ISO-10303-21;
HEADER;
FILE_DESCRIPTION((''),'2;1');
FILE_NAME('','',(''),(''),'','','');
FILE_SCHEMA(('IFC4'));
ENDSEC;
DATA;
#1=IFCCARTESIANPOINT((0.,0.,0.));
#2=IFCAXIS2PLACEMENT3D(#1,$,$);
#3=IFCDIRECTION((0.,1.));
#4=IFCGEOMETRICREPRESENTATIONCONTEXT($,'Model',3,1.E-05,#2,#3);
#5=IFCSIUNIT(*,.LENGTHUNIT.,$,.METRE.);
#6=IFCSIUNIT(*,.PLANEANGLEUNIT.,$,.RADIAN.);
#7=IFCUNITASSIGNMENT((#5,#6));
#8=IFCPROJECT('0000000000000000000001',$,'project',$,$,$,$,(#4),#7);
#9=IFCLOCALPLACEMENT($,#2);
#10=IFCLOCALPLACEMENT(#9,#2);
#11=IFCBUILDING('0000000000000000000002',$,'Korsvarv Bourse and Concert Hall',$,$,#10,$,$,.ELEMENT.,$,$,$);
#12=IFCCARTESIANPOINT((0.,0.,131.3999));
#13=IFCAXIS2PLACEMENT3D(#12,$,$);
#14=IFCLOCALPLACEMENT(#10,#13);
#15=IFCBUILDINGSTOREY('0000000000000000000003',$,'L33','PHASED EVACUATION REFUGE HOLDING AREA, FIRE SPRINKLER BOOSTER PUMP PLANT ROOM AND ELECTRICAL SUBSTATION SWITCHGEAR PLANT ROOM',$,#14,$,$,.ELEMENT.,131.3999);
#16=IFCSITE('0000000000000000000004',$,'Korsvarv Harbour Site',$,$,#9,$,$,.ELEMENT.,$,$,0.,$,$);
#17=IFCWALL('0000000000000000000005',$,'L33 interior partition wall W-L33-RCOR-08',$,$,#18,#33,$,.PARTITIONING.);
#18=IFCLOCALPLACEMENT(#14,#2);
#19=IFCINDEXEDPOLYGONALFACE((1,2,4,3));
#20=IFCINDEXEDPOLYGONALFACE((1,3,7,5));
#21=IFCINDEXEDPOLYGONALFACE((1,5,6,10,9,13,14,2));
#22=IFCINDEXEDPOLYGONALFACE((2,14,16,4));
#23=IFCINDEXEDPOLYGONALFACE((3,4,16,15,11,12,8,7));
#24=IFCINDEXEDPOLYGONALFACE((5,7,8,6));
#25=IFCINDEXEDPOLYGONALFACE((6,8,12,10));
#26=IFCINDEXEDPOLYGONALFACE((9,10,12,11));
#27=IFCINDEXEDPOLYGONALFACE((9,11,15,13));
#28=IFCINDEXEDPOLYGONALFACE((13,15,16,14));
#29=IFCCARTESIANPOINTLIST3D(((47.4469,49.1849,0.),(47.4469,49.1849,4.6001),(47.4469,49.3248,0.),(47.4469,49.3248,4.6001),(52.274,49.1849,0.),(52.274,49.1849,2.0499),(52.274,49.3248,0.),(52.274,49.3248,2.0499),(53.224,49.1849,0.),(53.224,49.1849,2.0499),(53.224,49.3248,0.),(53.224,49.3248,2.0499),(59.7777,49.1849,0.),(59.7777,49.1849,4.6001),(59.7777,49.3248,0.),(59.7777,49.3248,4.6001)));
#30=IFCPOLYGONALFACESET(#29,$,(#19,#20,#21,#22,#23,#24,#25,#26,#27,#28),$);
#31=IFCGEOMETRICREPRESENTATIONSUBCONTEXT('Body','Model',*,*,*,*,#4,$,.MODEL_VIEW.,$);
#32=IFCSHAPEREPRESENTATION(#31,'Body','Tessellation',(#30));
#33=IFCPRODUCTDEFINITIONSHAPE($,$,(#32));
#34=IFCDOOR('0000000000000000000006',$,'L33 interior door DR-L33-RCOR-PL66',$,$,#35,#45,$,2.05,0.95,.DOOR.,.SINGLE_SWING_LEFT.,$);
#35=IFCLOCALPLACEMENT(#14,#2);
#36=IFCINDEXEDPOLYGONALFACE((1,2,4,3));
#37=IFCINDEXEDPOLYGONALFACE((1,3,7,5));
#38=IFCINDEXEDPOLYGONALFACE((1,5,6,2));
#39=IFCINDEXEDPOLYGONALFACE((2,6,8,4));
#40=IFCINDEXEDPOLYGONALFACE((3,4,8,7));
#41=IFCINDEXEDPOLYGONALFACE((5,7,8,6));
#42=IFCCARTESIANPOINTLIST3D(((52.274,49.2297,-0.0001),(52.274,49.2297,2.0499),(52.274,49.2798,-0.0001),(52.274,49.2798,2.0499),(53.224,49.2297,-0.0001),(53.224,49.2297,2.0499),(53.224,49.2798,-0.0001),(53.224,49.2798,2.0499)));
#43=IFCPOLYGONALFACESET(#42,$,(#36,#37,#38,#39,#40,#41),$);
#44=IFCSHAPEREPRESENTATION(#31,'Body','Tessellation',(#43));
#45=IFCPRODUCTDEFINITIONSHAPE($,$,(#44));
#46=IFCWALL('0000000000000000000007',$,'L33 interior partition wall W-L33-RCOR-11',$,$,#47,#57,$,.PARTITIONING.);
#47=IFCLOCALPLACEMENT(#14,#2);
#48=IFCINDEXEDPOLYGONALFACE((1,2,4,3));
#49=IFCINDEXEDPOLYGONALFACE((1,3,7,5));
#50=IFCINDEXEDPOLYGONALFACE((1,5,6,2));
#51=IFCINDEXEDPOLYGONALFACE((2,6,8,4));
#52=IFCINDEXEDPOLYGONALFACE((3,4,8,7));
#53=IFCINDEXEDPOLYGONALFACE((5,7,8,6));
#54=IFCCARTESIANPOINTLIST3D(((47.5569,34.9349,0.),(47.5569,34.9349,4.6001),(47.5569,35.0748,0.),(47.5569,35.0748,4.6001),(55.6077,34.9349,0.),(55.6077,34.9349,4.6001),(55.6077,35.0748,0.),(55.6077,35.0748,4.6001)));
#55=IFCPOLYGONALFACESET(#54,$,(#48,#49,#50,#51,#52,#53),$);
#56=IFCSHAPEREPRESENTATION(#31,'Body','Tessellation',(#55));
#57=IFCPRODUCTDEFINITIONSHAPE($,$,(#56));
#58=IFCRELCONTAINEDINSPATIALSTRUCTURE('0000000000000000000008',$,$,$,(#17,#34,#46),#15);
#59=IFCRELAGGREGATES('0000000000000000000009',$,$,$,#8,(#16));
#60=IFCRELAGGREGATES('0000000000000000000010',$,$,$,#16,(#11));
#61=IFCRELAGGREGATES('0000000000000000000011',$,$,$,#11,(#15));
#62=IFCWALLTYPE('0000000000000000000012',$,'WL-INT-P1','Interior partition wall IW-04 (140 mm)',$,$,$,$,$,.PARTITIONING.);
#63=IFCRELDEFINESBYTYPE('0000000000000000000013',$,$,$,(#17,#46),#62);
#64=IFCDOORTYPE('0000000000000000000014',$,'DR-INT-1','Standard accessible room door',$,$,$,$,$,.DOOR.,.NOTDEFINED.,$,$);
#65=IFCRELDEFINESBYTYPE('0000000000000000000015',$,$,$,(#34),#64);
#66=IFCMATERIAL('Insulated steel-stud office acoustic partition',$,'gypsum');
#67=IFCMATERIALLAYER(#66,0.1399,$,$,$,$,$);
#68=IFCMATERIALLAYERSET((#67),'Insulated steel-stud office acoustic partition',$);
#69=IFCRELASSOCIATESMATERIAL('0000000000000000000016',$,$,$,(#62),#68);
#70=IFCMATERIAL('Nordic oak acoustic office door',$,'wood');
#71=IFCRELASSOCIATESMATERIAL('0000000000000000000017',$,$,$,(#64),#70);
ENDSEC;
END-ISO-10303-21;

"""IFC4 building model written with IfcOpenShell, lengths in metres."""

from ifc_helpers import new_model, si_unit, direction, frame, frame_2d, origin, place, context, subcontext, project, spatial, rectangle, extrude, material, layer, layer_set, type_object, element, fill, save


model = new_model("IFC4")

# Units and contexts
model_context = context("Model", 3, precision=1e-05, world=origin(), true_north=direction((0.0, 1.0)))
body_context = subcontext(model_context, "Body", "Model", "MODEL_VIEW")
ifc_project = project(units=[si_unit("LENGTHUNIT", "METRE"), si_unit("PLANEANGLEUNIT", "RADIAN")], contexts=[model_context])

# Site, building, storey
site_placement = place(None, origin())
site = spatial("IfcSite", under=ifc_project, at=site_placement, Name="Korsvarv Harbour Site", CompositionType="ELEMENT", RefElevation=0.0)
building_placement = place(site_placement, origin())
building = spatial("IfcBuilding", under=site, at=building_placement, Name="Korsvarv Bourse and Concert Hall", CompositionType="ELEMENT")
storey_placement = place(building_placement, frame((0.0, 0.0, 131.3999)))
storey = spatial("IfcBuildingStorey", under=building, at=storey_placement, Name="L33", Description="PHASED EVACUATION REFUGE HOLDING AREA, FIRE SPRINKLER BOOSTER PUMP PLANT ROOM AND ELECTRICAL SUBSTATION SWITCHGEAR PLANT ROOM", CompositionType="ELEMENT", Elevation=131.3999)

# Wall, opening, door
ifc_material_1 = material(Name="Insulated steel-stud office acoustic partition", Category="gypsum")
ifc_layer_1 = layer(ifc_material_1, 0.1399)
ifc_layer_set_1 = layer_set([ifc_layer_1], Name="Insulated steel-stud office acoustic partition")
wall_type = type_object("IfcWallType", Name="WL-INT-P1", Description="Interior partition wall IW-04 (140 mm)", PredefinedType="PARTITIONING", material=ifc_layer_set_1)
wall_1_placement = place(storey_placement, frame((47.4468, 49.2549, 0.0), z_axis=(0.0, 0.0, 1.0), x_axis=(1.0, 0.0, 0.0)))
wall_1 = element("IfcWall", 1, at=wall_1_placement, inside=storey, type_object=wall_type, Name="L33 interior partition wall W-L33-RCOR-08", PredefinedType="PARTITIONING", context=body_context, shape_type="SweptSolid", body=[
    extrude(rectangle(XDim=12.3308, YDim=0.1399, at=frame_2d((6.1655, 0.0))), origin(), (0.0, 0.0, 1.0), 4.6001),
])
opening_placement = place(wall_1_placement, frame((4.8271, 0.0, 0.0)))
opening = element("IfcOpeningElement", 2, at=opening_placement, cuts=wall_1, PredefinedType="OPENING", context=body_context, shape_type="SweptSolid", body=[
    extrude(rectangle(XDim=0.95, YDim=2.05, at=frame_2d((0.4751, 1.0249))), frame((0.0, 0.0801, 0.0), z_axis=(0.0, -1.0, 0.0), x_axis=(1.0, 0.0, 0.0)), (0.0, 0.0, 1.0), 0.1599),
])
ifc_material_2 = material(Name="Nordic oak acoustic office door", Category="wood")
door_type = type_object("IfcDoorType", Name="DR-INT-1", Description="Standard accessible room door", OperationType="NOTDEFINED", PredefinedType="DOOR", material=ifc_material_2)
door_placement = place(opening_placement, origin())
door = element("IfcDoor", 3, at=door_placement, inside=storey, type_object=door_type, Name="L33 interior door DR-L33-RCOR-PL66", OperationType="SINGLE_SWING_LEFT", OverallHeight=2.05, OverallWidth=0.95, PredefinedType="DOOR", context=body_context, shape_type="SweptSolid", body=[
    extrude(rectangle(XDim=0.95, YDim=2.05, at=frame_2d((0.4751, 1.0249))), frame((0.0, 0.0249, 0.0), z_axis=(0.0, -1.0, 0.0), x_axis=(1.0, 0.0, 0.0)), (0.0, 0.0, 1.0), 0.05),
])
fill(opening, door)

# Wall
wall_2_placement = place(storey_placement, frame((47.5569, 35.0049, 0.0), z_axis=(0.0, 0.0, 1.0), x_axis=(1.0, 0.0, 0.0)))
element("IfcWall", 4, at=wall_2_placement, inside=storey, type_object=wall_type, Name="L33 interior partition wall W-L33-RCOR-11", PredefinedType="PARTITIONING", context=body_context, shape_type="SweptSolid", body=[
    extrude(rectangle(XDim=8.0508, YDim=0.1399, at=frame_2d((4.0254, 0.0))), origin(), (0.0, 0.0, 1.0), 4.6001),
])

save(model, "model.ifc")
